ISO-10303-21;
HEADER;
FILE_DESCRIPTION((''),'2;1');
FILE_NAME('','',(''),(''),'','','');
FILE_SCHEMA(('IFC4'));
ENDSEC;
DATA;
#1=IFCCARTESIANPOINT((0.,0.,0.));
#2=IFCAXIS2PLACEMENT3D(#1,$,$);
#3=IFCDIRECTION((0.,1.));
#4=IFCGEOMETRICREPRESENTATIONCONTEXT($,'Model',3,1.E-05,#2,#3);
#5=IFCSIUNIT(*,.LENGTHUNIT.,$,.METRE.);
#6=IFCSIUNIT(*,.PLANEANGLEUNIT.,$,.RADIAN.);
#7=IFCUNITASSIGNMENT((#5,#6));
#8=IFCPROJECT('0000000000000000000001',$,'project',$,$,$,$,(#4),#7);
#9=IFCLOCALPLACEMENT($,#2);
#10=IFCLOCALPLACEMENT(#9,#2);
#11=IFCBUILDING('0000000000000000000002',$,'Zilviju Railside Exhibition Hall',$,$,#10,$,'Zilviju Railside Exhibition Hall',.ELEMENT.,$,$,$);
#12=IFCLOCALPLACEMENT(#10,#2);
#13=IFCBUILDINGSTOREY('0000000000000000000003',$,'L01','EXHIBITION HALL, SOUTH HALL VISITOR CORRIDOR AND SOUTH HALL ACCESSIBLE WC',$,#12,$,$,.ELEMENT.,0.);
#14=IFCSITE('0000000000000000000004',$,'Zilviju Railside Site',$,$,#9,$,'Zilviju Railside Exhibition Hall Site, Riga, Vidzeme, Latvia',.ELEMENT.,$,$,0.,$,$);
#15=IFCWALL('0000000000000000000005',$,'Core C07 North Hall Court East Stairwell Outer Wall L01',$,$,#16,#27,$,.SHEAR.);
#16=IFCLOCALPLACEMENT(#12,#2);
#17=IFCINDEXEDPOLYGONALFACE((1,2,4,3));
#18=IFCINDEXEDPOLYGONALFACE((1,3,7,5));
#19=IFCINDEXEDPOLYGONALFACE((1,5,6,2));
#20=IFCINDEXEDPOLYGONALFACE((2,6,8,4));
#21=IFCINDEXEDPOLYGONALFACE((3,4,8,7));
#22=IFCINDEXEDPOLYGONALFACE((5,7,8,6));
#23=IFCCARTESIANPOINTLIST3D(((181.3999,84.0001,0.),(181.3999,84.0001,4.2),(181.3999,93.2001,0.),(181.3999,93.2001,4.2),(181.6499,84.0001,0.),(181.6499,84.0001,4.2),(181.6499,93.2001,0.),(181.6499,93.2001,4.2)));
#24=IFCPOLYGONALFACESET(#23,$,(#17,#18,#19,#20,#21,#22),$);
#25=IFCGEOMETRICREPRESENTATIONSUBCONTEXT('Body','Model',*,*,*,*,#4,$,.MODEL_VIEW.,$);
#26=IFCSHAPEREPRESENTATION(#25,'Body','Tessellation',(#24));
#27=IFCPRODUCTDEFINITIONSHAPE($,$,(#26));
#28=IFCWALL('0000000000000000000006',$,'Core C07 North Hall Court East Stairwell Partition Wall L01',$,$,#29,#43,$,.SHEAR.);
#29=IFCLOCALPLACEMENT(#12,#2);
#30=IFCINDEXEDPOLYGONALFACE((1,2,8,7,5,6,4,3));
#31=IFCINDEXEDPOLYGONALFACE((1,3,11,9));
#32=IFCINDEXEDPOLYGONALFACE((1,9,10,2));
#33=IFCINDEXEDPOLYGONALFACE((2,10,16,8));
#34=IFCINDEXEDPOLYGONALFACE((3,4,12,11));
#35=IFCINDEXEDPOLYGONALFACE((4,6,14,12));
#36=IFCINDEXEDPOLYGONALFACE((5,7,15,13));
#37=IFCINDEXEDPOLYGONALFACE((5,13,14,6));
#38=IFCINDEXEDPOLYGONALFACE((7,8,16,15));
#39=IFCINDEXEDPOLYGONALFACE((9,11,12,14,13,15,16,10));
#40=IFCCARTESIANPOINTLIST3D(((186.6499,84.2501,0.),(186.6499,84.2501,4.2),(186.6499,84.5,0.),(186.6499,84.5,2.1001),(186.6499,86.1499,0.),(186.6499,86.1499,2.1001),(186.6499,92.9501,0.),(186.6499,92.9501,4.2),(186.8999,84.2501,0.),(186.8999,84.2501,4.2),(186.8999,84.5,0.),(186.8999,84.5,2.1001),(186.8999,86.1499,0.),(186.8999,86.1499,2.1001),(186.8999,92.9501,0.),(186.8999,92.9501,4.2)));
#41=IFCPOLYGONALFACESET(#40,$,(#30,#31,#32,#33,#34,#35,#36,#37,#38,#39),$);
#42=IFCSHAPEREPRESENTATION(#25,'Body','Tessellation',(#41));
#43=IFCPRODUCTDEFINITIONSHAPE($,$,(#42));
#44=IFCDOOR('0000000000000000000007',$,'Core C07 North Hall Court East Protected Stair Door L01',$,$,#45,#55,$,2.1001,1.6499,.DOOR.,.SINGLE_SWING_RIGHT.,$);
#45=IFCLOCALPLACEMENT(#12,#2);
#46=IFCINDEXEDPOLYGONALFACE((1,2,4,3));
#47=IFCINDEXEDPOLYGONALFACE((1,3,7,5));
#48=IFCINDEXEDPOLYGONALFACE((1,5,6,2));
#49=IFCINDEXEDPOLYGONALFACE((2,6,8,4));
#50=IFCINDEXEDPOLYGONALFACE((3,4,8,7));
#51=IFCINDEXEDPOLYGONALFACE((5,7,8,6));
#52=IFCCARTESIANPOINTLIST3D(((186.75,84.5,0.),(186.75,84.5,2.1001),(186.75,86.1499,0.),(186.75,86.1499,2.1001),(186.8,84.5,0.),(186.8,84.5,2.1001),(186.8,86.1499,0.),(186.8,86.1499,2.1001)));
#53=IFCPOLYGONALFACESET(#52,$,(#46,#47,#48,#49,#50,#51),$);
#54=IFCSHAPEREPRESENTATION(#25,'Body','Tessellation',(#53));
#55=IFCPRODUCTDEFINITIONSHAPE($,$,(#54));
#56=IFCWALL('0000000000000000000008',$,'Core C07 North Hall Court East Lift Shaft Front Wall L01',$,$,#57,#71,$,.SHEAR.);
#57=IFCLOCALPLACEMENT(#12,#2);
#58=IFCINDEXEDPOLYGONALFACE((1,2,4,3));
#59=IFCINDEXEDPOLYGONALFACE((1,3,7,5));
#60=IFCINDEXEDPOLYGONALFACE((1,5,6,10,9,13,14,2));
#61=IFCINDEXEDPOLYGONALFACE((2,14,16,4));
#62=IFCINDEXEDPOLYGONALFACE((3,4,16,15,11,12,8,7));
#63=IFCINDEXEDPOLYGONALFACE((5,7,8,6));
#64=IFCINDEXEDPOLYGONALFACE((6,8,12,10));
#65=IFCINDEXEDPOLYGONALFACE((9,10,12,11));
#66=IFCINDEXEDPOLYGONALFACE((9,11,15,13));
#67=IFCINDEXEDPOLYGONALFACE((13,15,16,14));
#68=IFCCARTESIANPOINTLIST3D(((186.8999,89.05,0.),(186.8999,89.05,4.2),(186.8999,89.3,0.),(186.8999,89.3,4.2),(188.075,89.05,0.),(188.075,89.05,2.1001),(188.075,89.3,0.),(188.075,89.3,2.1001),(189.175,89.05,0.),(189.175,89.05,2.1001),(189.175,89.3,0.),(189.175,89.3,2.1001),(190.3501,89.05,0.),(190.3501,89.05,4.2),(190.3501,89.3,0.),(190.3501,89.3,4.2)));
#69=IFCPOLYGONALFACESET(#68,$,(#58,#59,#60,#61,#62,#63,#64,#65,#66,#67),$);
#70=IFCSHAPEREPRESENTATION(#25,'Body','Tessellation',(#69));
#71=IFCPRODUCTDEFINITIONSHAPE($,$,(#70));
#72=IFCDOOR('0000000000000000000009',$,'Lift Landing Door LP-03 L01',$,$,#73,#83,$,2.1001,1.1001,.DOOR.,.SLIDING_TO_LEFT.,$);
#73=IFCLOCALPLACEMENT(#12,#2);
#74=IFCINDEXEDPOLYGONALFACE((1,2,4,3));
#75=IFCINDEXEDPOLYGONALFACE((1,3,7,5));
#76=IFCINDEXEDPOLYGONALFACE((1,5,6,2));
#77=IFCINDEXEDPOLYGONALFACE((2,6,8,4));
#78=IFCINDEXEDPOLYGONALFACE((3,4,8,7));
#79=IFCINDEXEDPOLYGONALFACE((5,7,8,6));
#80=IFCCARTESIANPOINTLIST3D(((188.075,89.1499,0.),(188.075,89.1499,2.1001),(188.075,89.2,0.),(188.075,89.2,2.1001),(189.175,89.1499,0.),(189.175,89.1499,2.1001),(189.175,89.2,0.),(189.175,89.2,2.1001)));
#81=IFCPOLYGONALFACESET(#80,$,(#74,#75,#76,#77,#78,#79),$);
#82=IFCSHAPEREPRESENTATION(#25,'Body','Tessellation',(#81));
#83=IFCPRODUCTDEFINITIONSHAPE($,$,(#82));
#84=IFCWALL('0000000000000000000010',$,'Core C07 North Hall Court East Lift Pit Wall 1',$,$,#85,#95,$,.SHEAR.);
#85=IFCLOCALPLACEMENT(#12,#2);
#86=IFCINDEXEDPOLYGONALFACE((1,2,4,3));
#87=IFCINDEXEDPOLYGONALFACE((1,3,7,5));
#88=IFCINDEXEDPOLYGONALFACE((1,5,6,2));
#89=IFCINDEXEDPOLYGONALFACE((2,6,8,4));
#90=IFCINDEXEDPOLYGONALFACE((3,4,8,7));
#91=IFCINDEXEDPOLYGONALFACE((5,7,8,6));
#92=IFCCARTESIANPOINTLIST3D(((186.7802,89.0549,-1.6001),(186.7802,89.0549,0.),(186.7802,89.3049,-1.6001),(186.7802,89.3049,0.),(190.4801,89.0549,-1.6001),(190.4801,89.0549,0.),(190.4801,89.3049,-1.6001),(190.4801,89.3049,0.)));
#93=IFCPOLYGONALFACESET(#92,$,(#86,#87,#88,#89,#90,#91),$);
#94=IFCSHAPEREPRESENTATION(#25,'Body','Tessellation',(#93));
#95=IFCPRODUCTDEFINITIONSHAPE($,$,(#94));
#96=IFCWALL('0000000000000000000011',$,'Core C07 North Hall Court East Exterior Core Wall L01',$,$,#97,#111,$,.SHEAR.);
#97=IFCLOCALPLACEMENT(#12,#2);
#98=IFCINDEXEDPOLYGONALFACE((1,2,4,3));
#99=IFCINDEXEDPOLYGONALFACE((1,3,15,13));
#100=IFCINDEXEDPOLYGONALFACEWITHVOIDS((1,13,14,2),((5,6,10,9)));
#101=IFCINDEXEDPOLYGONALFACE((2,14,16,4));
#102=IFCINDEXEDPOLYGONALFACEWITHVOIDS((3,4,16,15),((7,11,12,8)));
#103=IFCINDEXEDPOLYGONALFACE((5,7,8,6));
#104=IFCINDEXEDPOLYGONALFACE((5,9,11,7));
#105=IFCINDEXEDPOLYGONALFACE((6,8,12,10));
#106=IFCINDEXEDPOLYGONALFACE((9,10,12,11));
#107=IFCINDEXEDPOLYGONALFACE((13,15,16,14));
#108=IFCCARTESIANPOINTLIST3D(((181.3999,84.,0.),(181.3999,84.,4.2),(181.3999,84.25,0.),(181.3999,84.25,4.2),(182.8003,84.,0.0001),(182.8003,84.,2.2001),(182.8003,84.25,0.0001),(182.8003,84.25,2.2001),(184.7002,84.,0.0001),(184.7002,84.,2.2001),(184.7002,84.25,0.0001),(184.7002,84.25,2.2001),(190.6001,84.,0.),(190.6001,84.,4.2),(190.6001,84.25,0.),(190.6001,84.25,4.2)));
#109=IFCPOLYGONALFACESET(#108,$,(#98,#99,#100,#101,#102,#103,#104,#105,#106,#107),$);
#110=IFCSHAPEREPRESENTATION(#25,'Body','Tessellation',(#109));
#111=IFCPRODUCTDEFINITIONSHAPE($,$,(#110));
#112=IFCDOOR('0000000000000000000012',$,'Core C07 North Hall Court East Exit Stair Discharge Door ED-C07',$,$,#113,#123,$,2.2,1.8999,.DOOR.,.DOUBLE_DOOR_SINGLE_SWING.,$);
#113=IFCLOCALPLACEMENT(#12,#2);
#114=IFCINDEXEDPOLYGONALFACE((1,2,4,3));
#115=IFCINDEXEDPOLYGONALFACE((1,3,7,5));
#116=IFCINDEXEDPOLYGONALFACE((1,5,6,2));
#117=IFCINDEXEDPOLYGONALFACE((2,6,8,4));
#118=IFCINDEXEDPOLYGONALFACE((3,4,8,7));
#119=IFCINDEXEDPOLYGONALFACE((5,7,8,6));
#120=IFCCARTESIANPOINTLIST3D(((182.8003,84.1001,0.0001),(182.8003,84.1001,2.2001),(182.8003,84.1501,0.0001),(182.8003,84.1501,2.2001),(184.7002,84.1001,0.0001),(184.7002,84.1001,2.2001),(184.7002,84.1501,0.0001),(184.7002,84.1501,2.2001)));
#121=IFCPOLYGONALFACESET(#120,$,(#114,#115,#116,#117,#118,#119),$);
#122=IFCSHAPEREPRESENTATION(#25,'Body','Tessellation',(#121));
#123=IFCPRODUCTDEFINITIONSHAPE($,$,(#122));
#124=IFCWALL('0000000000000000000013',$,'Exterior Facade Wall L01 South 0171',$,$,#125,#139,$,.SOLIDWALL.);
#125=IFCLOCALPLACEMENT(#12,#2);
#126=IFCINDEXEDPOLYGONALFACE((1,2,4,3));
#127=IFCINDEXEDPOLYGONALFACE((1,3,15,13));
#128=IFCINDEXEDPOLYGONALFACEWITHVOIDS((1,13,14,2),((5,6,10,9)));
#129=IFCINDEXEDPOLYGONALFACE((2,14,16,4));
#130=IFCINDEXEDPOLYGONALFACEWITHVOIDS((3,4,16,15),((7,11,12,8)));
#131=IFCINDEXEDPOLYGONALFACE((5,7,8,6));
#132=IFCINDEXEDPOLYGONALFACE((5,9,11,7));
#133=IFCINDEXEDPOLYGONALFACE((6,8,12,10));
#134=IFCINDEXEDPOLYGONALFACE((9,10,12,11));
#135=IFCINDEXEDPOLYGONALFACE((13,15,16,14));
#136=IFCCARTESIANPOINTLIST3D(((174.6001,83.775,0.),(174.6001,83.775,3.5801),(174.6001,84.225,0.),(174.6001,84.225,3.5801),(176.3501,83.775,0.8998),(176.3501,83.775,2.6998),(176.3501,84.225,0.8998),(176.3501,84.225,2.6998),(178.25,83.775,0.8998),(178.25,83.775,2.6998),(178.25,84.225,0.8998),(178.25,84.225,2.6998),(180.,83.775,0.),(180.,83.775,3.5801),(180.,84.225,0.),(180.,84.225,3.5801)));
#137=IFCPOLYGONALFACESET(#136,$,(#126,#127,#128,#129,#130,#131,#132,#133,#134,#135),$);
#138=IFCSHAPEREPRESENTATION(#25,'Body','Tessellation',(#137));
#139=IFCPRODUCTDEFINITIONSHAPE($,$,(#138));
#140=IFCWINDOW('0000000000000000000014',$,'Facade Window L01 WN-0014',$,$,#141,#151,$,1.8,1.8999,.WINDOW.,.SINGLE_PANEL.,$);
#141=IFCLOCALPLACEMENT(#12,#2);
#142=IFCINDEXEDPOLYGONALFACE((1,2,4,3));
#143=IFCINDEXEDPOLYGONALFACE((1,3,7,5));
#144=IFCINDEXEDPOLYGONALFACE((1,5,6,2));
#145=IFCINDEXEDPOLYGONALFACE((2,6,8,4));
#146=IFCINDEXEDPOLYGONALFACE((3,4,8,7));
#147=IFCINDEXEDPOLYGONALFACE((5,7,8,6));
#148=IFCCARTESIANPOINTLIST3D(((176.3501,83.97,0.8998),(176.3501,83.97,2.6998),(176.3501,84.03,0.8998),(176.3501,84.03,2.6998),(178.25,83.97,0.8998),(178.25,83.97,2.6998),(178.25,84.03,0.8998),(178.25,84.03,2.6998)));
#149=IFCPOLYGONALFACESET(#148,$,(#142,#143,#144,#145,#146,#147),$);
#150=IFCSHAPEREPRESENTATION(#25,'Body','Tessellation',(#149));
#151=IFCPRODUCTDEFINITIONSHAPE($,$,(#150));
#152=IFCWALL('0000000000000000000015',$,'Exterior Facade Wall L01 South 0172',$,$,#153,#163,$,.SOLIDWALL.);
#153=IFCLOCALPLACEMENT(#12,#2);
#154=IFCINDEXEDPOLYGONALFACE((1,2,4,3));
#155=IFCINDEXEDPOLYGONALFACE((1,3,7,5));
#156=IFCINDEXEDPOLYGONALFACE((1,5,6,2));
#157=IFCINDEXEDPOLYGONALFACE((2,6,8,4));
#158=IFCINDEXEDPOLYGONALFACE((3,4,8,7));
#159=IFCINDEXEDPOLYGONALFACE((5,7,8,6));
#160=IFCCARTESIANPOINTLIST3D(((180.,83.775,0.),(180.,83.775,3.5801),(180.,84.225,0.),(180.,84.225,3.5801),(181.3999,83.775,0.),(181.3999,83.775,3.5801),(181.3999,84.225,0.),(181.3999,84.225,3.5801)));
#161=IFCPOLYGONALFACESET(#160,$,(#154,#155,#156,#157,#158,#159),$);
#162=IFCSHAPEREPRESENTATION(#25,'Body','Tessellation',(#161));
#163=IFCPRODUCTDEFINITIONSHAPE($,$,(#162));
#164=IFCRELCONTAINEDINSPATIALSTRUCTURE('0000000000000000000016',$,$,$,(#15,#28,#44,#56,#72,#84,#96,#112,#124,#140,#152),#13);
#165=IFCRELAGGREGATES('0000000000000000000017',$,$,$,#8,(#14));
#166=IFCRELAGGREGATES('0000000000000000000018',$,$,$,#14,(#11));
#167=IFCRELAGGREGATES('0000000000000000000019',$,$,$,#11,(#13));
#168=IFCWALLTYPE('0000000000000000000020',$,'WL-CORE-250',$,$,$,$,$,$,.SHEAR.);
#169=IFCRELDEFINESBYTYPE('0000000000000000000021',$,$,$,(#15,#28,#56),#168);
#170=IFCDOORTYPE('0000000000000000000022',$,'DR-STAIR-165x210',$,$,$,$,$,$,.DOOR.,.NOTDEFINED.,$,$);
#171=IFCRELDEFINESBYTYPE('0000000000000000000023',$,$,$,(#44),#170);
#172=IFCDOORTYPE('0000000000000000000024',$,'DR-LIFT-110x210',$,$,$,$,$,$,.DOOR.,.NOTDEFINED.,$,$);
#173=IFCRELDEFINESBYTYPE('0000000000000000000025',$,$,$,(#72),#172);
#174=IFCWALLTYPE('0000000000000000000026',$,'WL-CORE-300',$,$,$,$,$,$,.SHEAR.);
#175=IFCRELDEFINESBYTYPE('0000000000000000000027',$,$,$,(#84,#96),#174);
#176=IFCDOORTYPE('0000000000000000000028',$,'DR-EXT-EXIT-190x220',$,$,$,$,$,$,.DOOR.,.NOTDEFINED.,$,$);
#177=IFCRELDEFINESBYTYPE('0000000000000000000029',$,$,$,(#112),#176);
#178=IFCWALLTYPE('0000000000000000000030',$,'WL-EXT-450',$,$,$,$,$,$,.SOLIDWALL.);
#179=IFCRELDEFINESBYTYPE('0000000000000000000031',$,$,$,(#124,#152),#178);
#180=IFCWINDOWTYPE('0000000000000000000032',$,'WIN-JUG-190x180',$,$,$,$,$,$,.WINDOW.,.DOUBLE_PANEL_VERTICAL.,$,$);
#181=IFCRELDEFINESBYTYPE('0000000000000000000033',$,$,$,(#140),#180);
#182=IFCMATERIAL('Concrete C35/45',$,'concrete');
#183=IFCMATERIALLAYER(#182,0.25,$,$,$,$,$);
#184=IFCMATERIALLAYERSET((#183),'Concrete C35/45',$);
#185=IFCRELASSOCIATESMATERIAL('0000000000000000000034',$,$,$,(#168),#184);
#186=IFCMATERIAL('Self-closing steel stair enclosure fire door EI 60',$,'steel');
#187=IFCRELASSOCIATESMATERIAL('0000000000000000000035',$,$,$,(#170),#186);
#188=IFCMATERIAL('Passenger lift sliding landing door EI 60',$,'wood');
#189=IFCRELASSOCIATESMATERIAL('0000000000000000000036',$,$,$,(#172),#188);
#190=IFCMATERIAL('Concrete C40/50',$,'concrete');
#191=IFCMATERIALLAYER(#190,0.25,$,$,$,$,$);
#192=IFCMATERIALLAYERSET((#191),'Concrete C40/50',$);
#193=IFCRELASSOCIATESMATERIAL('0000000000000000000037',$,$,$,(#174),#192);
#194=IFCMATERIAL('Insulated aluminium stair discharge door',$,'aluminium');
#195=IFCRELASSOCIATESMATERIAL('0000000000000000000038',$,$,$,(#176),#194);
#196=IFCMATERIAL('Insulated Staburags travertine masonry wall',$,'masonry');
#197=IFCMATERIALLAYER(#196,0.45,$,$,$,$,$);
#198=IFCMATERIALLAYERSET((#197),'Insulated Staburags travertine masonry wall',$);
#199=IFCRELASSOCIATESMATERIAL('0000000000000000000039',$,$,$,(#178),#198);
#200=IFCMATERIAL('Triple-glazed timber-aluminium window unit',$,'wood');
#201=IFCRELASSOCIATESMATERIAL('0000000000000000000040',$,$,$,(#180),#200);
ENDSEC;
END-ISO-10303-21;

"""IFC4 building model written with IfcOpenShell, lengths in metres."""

from ifc_helpers import new_model, si_unit, direction, frame, frame_2d, origin, place, context, subcontext, project, spatial, rectangle, extrude, material, layer, layer_set, type_object, element, fill, save


model = new_model("IFC4")

# Units and contexts
model_context = context("Model", 3, precision=1e-05, world=origin(), true_north=direction((0.0, 1.0)))
body_context = subcontext(model_context, "Body", "Model", "MODEL_VIEW")
ifc_project = project(units=[si_unit("LENGTHUNIT", "METRE"), si_unit("PLANEANGLEUNIT", "RADIAN")], contexts=[model_context])

# Site, building, storey
site_placement = place(None, origin())
site = spatial("IfcSite", under=ifc_project, at=site_placement, Name="Zilviju Railside Site", LongName="Zilviju Railside Exhibition Hall Site, Riga, Vidzeme, Latvia", CompositionType="ELEMENT", RefElevation=0.0)
building_placement = place(site_placement, origin())
building = spatial("IfcBuilding", under=site, at=building_placement, Name="Zilviju Railside Exhibition Hall", LongName="Zilviju Railside Exhibition Hall", CompositionType="ELEMENT")
storey_placement = place(building_placement, origin())
storey = spatial("IfcBuildingStorey", under=building, at=storey_placement, Name="L01", Description="EXHIBITION HALL, SOUTH HALL VISITOR CORRIDOR AND SOUTH HALL ACCESSIBLE WC", CompositionType="ELEMENT", Elevation=0.0)

# Shared definitions
ifc_material_1 = material(Name="Concrete C35/45", Category="concrete")

# Shared definitions
ifc_material_2 = material(Name="Concrete C40/50", Category="concrete")

# Wall
ifc_layer_1 = layer(ifc_material_1, 0.25)
ifc_layer_set_1 = layer_set([ifc_layer_1], Name="Concrete C35/45")
wall_type_1 = type_object("IfcWallType", Name="WL-CORE-250", PredefinedType="SHEAR", material=ifc_layer_set_1)
wall_1_placement = place(storey_placement, frame((181.5249, 84.0, 0.0), z_axis=(0.0, 0.0, 1.0), x_axis=(0.0, 1.0, 0.0)))
element("IfcWall", 1, at=wall_1_placement, inside=storey, type_object=wall_type_1, Name="Core C07 North Hall Court East Stairwell Outer Wall L01", PredefinedType="SHEAR", context=body_context, shape_type="SweptSolid", body=[
    extrude(rectangle(XDim=9.2, YDim=0.25, at=frame_2d((4.6001, 0.0))), origin(), (0.0, 0.0, 1.0), 4.2),
])

# Walls, openings, doors
wall_2_placement = place(storey_placement, frame((186.7749, 84.25, 0.0), z_axis=(0.0, 0.0, 1.0), x_axis=(0.0, 1.0, 0.0)))
wall_2 = element("IfcWall", 2, at=wall_2_placement, inside=storey, type_object=wall_type_1, Name="Core C07 North Hall Court East Stairwell Partition Wall L01", PredefinedType="SHEAR", context=body_context, shape_type="SweptSolid", body=[
    extrude(rectangle(XDim=8.7, YDim=0.25, at=frame_2d((4.3501, 0.0))), origin(), (0.0, 0.0, 1.0), 4.2),
])
opening_1_placement = place(wall_2_placement, frame((0.25, 0.0, 0.0)))
opening_1 = element("IfcOpeningElement", 3, at=opening_1_placement, cuts=wall_2, PredefinedType="OPENING", context=body_context, shape_type="SweptSolid", body=[
    extrude(rectangle(XDim=1.6499, YDim=2.1001, at=frame_2d((0.825, 1.05))), frame((0.0, 0.135, 0.0), z_axis=(0.0, -1.0, 0.0), x_axis=(1.0, 0.0, 0.0)), (0.0, 0.0, 1.0), 0.27),
])
ifc_material_3 = material(Name="Self-closing steel stair enclosure fire door EI 60", Category="steel")
door_type_1 = type_object("IfcDoorType", Name="DR-STAIR-165x210", OperationType="NOTDEFINED", PredefinedType="DOOR", material=ifc_material_3)
door_1_placement = place(opening_1_placement, origin())
door_1 = element("IfcDoor", 4, at=door_1_placement, inside=storey, type_object=door_type_1, Name="Core C07 North Hall Court East Protected Stair Door L01", OperationType="SINGLE_SWING_RIGHT", OverallHeight=2.1001, OverallWidth=1.6499, PredefinedType="DOOR", context=body_context, shape_type="SweptSolid", body=[
    extrude(rectangle(XDim=1.6499, YDim=2.1001, at=frame_2d((0.825, 1.05))), frame((0.0, 0.0249, 0.0), z_axis=(0.0, -1.0, 0.0), x_axis=(1.0, 0.0, 0.0)), (0.0, 0.0, 1.0), 0.05),
])
fill(opening_1, door_1)
wall_3_placement = place(storey_placement, frame((186.8999, 89.175, 0.0), z_axis=(0.0, 0.0, 1.0), x_axis=(1.0, 0.0, 0.0)))
wall_3 = element("IfcWall", 5, at=wall_3_placement, inside=storey, type_object=wall_type_1, Name="Core C07 North Hall Court East Lift Shaft Front Wall L01", PredefinedType="SHEAR", context=body_context, shape_type="SweptSolid", body=[
    extrude(rectangle(XDim=3.4502, YDim=0.25, at=frame_2d((1.7251, 0.0))), origin(), (0.0, 0.0, 1.0), 4.2),
])
opening_2_placement = place(wall_3_placement, frame((1.175, 0.0, 0.0)))
opening_2 = element("IfcOpeningElement", 6, at=opening_2_placement, cuts=wall_3, PredefinedType="OPENING", context=body_context, shape_type="SweptSolid", body=[
    extrude(rectangle(XDim=1.1001, YDim=2.1001, at=frame_2d((0.55, 1.05))), frame((0.0, 0.135, 0.0), z_axis=(0.0, -1.0, 0.0), x_axis=(1.0, 0.0, 0.0)), (0.0, 0.0, 1.0), 0.27),
])
ifc_material_4 = material(Name="Passenger lift sliding landing door EI 60", Category="wood")
door_type_2 = type_object("IfcDoorType", Name="DR-LIFT-110x210", OperationType="NOTDEFINED", PredefinedType="DOOR", material=ifc_material_4)
door_2_placement = place(opening_2_placement, origin())
door_2 = element("IfcDoor", 7, at=door_2_placement, inside=storey, type_object=door_type_2, Name="Lift Landing Door LP-03 L01", OperationType="SLIDING_TO_LEFT", OverallHeight=2.1001, OverallWidth=1.1001, PredefinedType="DOOR", context=body_context, shape_type="SweptSolid", body=[
    extrude(rectangle(XDim=1.1001, YDim=2.1001, at=frame_2d((0.55, 1.05))), frame((0.0, 0.0249, 0.0), z_axis=(0.0, -1.0, 0.0), x_axis=(1.0, 0.0, 0.0)), (0.0, 0.0, 1.0), 0.05),
])
fill(opening_2, door_2)

# Wall
ifc_layer_2 = layer(ifc_material_2, 0.25)
ifc_layer_set_2 = layer_set([ifc_layer_2], Name="Concrete C40/50")
wall_type_2 = type_object("IfcWallType", Name="WL-CORE-300", PredefinedType="SHEAR", material=ifc_layer_set_2)
wall_4_placement = place(storey_placement, frame((186.78, 89.1799, -1.6001), z_axis=(0.0, 0.0, 1.0), x_axis=(1.0, 0.0, 0.0)))
element("IfcWall", 8, at=wall_4_placement, inside=storey, type_object=wall_type_2, Name="Core C07 North Hall Court East Lift Pit Wall 1", PredefinedType="SHEAR", context=body_context, shape_type="SweptSolid", body=[
    extrude(rectangle(XDim=3.7, YDim=0.25, at=frame_2d((1.8501, 0.0))), origin(), (0.0, 0.0, 1.0), 1.6001),
])

# Wall, opening, door
wall_5_placement = place(storey_placement, frame((190.6001, 84.125, 0.0), z_axis=(0.0, 0.0, 1.0), x_axis=(-1.0, 0.0, 0.0)))
wall_5 = element("IfcWall", 9, at=wall_5_placement, inside=storey, type_object=wall_type_2, Name="Core C07 North Hall Court East Exterior Core Wall L01", PredefinedType="SHEAR", context=body_context, shape_type="SweptSolid", body=[
    extrude(rectangle(XDim=9.2002, YDim=0.25, at=frame_2d((4.6001, 0.0))), origin(), (0.0, 0.0, 1.0), 4.2),
])
opening_3_placement = place(wall_5_placement, frame((5.8999, 0.0, 0.0)))
opening_3 = element("IfcOpeningElement", 10, at=opening_3_placement, cuts=wall_5, PredefinedType="OPENING", context=body_context, shape_type="SweptSolid", body=[
    extrude(rectangle(XDim=1.8999, YDim=2.2, at=frame_2d((0.95, 1.1001))), frame((0.0, 0.135, 0.0), z_axis=(0.0, -1.0, 0.0), x_axis=(1.0, 0.0, 0.0)), (0.0, 0.0, 1.0), 0.27),
])
ifc_material_5 = material(Name="Insulated aluminium stair discharge door", Category="aluminium")
door_type_3 = type_object("IfcDoorType", Name="DR-EXT-EXIT-190x220", OperationType="NOTDEFINED", PredefinedType="DOOR", material=ifc_material_5)
door_3_placement = place(opening_3_placement, origin())
door_3 = element("IfcDoor", 11, at=door_3_placement, inside=storey, type_object=door_type_3, Name="Core C07 North Hall Court East Exit Stair Discharge Door ED-C07", OperationType="DOUBLE_DOOR_SINGLE_SWING", OverallHeight=2.2, OverallWidth=1.8999, PredefinedType="DOOR", context=body_context, shape_type="SweptSolid", body=[
    extrude(rectangle(XDim=1.8999, YDim=2.2, at=frame_2d((0.95, 1.1001))), frame((0.0, 0.0249, 0.0), z_axis=(0.0, -1.0, 0.0), x_axis=(1.0, 0.0, 0.0)), (0.0, 0.0, 1.0), 0.05),
])
fill(opening_3, door_3)

# Wall, opening, window
ifc_material_6 = material(Name="Insulated Staburags travertine masonry wall", Category="masonry")
ifc_layer_3 = layer(ifc_material_6, 0.45)
ifc_layer_set_3 = layer_set([ifc_layer_3], Name="Insulated Staburags travertine masonry wall")
wall_type_3 = type_object("IfcWallType", Name="WL-EXT-450", PredefinedType="SOLIDWALL", material=ifc_layer_set_3)
wall_6_placement = place(storey_placement, frame((180.0, 84.0, 0.0), z_axis=(0.0, 0.0, 1.0), x_axis=(-1.0, 0.0, 0.0)))
wall_6 = element("IfcWall", 12, at=wall_6_placement, inside=storey, type_object=wall_type_3, Name="Exterior Facade Wall L01 South 0171", PredefinedType="SOLIDWALL", context=body_context, shape_type="SweptSolid", body=[
    extrude(rectangle(XDim=5.3999, YDim=0.45, at=frame_2d((2.7, 0.0))), origin(), (0.0, 0.0, 1.0), 3.5801),
])
opening_4_placement = place(wall_6_placement, frame((1.75, 0.0, 0.8999)))
opening_4 = element("IfcOpeningElement", 13, at=opening_4_placement, cuts=wall_6, PredefinedType="OPENING", context=body_context, shape_type="SweptSolid", body=[
    extrude(rectangle(XDim=1.8999, YDim=1.8, at=frame_2d((0.95, 0.8999))), frame((0.0, 0.2349, 0.0), z_axis=(0.0, -1.0, 0.0), x_axis=(1.0, 0.0, 0.0)), (0.0, 0.0, 1.0), 0.47),
])
ifc_material_7 = material(Name="Triple-glazed timber-aluminium window unit", Category="wood")
window_type = type_object("IfcWindowType", Name="WIN-JUG-190x180", PartitioningType="DOUBLE_PANEL_VERTICAL", PredefinedType="WINDOW", material=ifc_material_7)
window_placement = place(opening_4_placement, origin())
window = element("IfcWindow", 14, at=window_placement, inside=storey, type_object=window_type, Name="Facade Window L01 WN-0014", OverallHeight=1.8, OverallWidth=1.8999, PartitioningType="SINGLE_PANEL", PredefinedType="WINDOW", context=body_context, shape_type="SweptSolid", body=[
    extrude(rectangle(XDim=1.8999, YDim=1.8, at=frame_2d((0.95, 0.8999))), frame((0.0, 0.03, 0.0), z_axis=(0.0, -1.0, 0.0), x_axis=(1.0, 0.0, 0.0)), (0.0, 0.0, 1.0), 0.0601),
])
fill(opening_4, window)

# Wall
wall_7_placement = place(storey_placement, frame((181.3999, 84.0, 0.0), z_axis=(0.0, 0.0, 1.0), x_axis=(-1.0, 0.0, 0.0)))
element("IfcWall", 15, at=wall_7_placement, inside=storey, type_object=wall_type_3, Name="Exterior Facade Wall L01 South 0172", PredefinedType="SOLIDWALL", context=body_context, shape_type="SweptSolid", body=[
    extrude(rectangle(XDim=1.3999, YDim=0.45, at=frame_2d((0.7, 0.0))), origin(), (0.0, 0.0, 1.0), 3.5801),
])

save(model, "model.ifc")
